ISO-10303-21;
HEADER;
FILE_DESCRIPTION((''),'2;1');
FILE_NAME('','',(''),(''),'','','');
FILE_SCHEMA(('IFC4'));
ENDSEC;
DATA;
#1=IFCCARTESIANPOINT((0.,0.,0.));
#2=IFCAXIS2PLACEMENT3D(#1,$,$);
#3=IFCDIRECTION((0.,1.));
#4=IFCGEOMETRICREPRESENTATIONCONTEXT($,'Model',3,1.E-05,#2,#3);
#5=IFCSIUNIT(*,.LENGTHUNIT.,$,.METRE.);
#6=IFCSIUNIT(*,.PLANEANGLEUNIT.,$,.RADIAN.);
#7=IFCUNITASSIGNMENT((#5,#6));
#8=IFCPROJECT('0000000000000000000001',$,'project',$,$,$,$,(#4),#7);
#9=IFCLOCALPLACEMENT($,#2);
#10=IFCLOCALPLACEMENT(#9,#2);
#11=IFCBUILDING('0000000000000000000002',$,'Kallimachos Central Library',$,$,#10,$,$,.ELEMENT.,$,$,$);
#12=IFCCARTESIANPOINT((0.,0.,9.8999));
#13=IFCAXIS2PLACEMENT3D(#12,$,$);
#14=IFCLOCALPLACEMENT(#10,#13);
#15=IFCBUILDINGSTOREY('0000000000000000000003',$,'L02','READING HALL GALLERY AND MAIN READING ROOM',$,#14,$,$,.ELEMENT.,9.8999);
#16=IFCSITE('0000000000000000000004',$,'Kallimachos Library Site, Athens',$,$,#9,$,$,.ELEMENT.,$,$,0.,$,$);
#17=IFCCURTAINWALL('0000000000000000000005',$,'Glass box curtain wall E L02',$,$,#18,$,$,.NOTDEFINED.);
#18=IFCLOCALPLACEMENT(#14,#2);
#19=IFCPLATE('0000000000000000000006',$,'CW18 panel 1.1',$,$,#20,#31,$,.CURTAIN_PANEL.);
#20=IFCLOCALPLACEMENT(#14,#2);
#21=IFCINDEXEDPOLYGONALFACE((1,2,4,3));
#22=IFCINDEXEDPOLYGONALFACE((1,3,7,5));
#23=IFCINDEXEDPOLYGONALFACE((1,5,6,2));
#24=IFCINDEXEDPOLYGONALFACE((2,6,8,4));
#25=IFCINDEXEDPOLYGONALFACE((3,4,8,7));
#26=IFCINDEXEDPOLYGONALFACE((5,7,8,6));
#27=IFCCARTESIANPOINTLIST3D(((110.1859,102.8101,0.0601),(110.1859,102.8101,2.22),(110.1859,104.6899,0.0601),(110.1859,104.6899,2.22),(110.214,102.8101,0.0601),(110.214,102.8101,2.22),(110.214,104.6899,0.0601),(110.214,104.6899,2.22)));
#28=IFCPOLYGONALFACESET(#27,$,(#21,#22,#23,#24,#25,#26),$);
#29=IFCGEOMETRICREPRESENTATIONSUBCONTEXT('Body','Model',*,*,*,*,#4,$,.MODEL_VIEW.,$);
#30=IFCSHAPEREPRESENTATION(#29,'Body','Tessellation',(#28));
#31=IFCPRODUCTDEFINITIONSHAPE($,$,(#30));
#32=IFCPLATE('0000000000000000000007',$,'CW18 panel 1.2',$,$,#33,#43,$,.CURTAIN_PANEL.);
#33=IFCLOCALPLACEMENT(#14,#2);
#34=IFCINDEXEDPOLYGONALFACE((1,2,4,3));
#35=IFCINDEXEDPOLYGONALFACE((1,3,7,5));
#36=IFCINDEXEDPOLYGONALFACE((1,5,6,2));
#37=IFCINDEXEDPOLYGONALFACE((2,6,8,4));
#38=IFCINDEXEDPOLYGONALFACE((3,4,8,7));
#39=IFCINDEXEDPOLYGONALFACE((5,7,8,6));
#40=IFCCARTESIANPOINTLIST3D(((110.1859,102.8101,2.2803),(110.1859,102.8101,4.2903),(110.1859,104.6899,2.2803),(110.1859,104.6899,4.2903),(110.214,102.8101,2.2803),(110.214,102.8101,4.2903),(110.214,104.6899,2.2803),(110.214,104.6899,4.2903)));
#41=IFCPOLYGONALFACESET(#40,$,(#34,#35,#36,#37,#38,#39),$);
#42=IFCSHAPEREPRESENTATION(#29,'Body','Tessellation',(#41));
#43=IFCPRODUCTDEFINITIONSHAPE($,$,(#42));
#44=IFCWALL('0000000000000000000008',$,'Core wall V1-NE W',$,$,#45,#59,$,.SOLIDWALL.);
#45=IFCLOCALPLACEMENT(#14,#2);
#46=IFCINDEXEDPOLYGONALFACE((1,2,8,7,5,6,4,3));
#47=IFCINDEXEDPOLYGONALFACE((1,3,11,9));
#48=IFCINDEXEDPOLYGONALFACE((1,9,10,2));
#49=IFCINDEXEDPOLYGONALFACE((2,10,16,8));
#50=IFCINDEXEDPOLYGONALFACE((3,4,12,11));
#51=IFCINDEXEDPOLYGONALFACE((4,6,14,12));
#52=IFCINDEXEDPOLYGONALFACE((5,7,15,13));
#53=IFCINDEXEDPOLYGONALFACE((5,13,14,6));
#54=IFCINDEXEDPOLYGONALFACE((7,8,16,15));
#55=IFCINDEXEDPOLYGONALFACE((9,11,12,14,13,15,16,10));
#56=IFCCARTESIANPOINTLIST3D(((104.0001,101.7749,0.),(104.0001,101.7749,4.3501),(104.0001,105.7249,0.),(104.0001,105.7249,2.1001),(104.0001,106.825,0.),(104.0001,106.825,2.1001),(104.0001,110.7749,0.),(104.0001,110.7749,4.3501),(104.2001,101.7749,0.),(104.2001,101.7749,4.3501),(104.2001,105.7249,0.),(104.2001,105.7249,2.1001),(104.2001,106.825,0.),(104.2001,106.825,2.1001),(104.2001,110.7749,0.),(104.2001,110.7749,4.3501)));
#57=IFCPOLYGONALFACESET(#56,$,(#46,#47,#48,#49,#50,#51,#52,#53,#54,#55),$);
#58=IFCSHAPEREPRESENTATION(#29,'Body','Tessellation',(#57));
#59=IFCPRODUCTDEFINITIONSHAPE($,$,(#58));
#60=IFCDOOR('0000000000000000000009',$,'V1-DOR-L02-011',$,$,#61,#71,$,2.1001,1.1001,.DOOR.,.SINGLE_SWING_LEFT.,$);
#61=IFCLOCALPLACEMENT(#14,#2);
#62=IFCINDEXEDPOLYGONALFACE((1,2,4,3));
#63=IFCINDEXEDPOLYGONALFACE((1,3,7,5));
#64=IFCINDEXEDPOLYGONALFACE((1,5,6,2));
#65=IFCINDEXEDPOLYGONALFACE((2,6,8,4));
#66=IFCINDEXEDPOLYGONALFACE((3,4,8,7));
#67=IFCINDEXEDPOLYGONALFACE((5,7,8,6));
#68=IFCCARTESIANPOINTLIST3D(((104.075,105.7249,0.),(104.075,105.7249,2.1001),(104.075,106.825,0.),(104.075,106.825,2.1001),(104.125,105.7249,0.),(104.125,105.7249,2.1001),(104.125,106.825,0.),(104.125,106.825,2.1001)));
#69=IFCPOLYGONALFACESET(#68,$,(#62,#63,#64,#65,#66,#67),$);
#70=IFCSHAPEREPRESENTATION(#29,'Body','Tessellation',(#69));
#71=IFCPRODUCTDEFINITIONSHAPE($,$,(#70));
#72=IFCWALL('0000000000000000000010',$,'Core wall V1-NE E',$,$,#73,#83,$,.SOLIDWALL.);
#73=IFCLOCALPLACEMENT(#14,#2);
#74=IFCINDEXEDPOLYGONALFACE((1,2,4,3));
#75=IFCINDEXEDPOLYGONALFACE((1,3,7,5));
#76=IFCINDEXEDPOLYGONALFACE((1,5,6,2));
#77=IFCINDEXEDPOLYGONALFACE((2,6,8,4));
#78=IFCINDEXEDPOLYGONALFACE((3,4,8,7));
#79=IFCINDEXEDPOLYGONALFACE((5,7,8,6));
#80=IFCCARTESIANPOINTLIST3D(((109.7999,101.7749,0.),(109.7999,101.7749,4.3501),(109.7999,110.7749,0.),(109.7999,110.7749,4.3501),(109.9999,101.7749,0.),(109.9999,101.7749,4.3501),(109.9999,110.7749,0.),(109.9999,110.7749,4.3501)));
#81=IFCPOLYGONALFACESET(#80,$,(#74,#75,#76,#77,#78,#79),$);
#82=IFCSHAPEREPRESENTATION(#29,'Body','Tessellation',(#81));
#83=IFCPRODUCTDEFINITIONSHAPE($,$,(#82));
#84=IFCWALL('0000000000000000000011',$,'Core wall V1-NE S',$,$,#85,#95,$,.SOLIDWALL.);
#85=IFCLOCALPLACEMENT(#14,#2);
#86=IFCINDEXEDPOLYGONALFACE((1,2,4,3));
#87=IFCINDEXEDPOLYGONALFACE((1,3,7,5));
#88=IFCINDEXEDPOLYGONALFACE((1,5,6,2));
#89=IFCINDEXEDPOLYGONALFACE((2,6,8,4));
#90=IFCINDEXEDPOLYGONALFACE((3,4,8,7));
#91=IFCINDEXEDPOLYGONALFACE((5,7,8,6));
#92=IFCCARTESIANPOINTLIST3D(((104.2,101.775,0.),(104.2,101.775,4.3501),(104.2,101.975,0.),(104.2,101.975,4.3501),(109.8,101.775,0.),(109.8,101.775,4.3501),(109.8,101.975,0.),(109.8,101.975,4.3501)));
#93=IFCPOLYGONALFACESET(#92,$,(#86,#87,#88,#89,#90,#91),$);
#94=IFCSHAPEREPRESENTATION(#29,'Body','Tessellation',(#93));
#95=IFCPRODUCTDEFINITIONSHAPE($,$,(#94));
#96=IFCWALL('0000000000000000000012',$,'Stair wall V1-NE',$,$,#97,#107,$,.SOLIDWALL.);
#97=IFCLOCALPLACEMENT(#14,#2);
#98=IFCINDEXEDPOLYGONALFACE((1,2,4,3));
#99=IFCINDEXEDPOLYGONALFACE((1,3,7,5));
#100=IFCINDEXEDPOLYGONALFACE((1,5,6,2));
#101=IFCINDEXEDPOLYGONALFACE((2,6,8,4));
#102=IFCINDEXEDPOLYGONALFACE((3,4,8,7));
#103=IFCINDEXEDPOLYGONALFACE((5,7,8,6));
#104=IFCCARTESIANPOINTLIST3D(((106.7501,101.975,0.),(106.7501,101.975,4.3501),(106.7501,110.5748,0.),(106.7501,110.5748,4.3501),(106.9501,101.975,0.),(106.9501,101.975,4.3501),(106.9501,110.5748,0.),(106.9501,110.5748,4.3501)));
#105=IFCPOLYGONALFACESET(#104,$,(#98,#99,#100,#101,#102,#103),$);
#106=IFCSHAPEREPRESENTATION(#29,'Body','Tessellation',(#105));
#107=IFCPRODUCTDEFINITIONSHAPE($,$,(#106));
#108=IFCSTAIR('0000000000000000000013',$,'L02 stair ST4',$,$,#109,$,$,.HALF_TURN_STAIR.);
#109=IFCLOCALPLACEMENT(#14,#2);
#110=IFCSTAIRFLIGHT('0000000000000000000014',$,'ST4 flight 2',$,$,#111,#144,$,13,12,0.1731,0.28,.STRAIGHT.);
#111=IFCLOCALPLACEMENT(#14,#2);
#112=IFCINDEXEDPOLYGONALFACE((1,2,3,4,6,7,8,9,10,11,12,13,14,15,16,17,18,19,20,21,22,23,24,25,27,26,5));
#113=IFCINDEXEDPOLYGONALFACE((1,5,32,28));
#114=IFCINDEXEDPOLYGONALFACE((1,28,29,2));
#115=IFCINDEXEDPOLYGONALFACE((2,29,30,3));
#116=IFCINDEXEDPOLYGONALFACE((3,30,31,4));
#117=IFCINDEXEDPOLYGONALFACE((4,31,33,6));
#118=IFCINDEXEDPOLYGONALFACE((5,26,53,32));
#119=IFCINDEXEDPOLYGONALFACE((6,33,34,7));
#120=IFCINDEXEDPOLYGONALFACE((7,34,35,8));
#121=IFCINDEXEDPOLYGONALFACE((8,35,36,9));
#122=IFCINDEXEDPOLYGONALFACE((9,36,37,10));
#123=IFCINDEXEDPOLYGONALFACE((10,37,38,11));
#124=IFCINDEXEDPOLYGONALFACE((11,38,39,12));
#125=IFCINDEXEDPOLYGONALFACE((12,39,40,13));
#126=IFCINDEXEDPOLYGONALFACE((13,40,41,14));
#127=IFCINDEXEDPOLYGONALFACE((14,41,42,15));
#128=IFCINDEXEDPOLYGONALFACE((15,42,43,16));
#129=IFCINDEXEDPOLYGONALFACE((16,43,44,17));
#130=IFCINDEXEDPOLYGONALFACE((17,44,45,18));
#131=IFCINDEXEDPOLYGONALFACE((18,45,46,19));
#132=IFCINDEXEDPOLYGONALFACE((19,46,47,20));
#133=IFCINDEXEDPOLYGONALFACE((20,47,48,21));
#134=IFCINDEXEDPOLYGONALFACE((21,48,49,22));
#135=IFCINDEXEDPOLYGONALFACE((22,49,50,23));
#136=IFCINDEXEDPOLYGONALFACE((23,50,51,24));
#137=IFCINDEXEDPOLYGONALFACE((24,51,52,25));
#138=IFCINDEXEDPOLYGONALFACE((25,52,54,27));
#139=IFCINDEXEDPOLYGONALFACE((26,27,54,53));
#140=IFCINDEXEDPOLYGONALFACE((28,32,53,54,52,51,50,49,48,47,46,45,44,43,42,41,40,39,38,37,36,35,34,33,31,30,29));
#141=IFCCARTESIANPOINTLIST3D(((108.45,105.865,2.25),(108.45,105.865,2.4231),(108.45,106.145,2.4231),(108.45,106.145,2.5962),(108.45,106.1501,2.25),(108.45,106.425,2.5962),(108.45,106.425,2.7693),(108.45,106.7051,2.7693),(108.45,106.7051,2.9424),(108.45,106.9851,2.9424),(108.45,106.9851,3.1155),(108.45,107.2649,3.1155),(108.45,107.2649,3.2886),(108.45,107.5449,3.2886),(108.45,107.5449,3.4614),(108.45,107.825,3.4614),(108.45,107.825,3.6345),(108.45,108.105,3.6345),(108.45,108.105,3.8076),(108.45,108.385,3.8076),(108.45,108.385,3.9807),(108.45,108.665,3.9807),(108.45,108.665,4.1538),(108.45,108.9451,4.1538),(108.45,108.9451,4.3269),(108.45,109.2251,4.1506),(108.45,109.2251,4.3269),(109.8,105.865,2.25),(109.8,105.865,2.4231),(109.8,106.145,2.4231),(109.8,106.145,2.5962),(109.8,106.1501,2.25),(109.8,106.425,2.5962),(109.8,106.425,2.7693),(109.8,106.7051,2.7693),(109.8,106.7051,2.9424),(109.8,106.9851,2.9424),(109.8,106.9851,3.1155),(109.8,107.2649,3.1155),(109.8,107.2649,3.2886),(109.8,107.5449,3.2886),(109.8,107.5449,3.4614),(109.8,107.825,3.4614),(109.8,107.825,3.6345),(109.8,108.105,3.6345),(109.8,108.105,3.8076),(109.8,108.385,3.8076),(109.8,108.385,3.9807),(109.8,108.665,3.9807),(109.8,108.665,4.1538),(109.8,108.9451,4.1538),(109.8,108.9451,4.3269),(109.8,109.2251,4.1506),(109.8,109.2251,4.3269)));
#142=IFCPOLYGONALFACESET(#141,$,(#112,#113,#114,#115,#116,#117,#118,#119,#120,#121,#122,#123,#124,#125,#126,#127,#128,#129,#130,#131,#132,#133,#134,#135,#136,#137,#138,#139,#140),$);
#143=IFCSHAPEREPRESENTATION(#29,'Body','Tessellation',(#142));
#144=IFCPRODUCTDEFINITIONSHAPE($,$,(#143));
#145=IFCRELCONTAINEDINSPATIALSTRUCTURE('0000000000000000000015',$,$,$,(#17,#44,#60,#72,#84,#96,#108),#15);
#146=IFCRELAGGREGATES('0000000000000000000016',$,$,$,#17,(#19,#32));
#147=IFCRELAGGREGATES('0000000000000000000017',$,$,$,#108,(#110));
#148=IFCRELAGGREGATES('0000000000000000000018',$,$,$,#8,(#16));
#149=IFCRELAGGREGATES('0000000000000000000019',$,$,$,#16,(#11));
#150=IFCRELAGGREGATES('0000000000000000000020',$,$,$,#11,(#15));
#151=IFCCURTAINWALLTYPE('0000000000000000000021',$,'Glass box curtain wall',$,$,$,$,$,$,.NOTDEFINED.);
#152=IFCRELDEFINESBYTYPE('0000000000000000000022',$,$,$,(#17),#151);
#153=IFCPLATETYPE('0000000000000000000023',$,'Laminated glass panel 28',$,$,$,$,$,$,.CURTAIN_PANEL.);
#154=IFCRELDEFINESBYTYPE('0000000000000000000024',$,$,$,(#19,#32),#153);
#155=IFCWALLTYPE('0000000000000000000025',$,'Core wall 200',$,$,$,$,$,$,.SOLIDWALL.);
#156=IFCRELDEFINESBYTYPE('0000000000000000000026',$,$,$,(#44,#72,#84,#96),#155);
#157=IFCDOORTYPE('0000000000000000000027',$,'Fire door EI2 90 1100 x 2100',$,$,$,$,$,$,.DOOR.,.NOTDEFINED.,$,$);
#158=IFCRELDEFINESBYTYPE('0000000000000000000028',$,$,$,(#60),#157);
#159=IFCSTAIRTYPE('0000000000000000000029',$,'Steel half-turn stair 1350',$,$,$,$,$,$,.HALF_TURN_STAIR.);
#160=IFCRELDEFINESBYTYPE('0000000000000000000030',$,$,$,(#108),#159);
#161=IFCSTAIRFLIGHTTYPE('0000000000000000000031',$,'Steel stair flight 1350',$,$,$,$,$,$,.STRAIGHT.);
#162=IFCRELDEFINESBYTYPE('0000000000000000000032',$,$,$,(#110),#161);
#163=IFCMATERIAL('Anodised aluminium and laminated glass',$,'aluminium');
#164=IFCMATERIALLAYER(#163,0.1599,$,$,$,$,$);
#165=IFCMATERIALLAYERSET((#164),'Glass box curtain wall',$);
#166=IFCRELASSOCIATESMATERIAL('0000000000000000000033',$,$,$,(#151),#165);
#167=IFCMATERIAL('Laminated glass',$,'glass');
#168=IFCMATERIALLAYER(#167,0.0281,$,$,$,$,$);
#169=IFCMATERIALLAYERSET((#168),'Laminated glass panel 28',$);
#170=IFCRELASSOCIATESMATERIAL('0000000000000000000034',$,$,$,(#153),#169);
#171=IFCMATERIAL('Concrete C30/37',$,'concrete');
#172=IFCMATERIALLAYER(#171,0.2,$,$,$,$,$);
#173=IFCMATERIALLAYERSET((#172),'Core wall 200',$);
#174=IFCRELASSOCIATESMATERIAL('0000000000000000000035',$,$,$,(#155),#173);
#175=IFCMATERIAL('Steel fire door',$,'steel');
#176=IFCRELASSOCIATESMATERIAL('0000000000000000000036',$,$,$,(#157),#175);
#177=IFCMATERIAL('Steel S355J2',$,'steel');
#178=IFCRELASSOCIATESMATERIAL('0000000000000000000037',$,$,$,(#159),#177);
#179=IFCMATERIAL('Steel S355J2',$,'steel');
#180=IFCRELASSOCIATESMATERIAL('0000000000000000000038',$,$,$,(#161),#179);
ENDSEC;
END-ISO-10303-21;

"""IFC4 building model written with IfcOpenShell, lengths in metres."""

from ifc_helpers import new_model, si_unit, direction, frame, frame_2d, origin, origin_2d, place, context, subcontext, project, spatial, polyline, rectangle, outline, extrude, material, layer, layer_set, type_object, element, fill, aggregate, save


model = new_model("IFC4")

# Units and contexts
model_context = context("Model", 3, precision=1e-05, world=origin(), true_north=direction((0.0, 1.0)))
body_context = subcontext(model_context, "Body", "Model", "MODEL_VIEW")
ifc_project = project(units=[si_unit("LENGTHUNIT", "METRE"), si_unit("PLANEANGLEUNIT", "RADIAN")], contexts=[model_context])

# Site, building, storey
site_placement = place(None, origin())
site = spatial("IfcSite", under=ifc_project, at=site_placement, Name="Kallimachos Library Site, Athens", CompositionType="ELEMENT", RefElevation=0.0)
building_placement = place(site_placement, origin())
building = spatial("IfcBuilding", under=site, at=building_placement, Name="Kallimachos Central Library", CompositionType="ELEMENT")
storey_placement = place(building_placement, frame((0.0, 0.0, 9.8999)))
storey = spatial("IfcBuildingStorey", under=building, at=storey_placement, Name="L02", Description="READING HALL GALLERY AND MAIN READING ROOM", CompositionType="ELEMENT", Elevation=9.8999)

# Shared definitions
ifc_material_1 = material(Name="Anodised aluminium and laminated glass", Category="aluminium")
ifc_layer_1 = layer(ifc_material_1, 0.1599)
ifc_layer_set_1 = layer_set([ifc_layer_1], Name="Glass box curtain wall")
curtain_wall_type = type_object("IfcCurtainWallType", Name="Glass box curtain wall", PredefinedType="NOTDEFINED", material=ifc_layer_set_1)

# Curtain wall
curtain_wall_1_placement = place(storey_placement, origin())
curtain_wall_1 = element("IfcCurtainWall", 1, at=curtain_wall_1_placement, inside=storey, type_object=curtain_wall_type, Name="Glass box curtain wall E L02", PredefinedType="NOTDEFINED")

# Plates
ifc_material_2 = material(Name="Laminated glass", Category="glass")
ifc_layer_2 = layer(ifc_material_2, 0.0281)
ifc_layer_set_2 = layer_set([ifc_layer_2], Name="Laminated glass panel 28")
plate_type = type_object("IfcPlateType", Name="Laminated glass panel 28", PredefinedType="CURTAIN_PANEL", material=ifc_layer_set_2)
plate_1_placement = place(storey_placement, frame((110.2, 103.75, 0.0601), z_axis=(0.0, 0.0, 1.0), x_axis=(0.0, 1.0, 0.0)))
plate_1 = element("IfcPlate", 2, at=plate_1_placement, type_object=plate_type, Name="CW18 panel 1.1", PredefinedType="CURTAIN_PANEL", context=body_context, shape_type="SweptSolid", body=[
    extrude(rectangle(XDim=1.8799, YDim=0.0281, at=origin_2d()), origin(), (0.0, 0.0, 1.0), 2.1599),
])
plate_2_placement = place(storey_placement, frame((110.2, 103.75, 2.2803), z_axis=(0.0, 0.0, 1.0), x_axis=(0.0, 1.0, 0.0)))
plate_2 = element("IfcPlate", 3, at=plate_2_placement, type_object=plate_type, Name="CW18 panel 1.2", PredefinedType="CURTAIN_PANEL", context=body_context, shape_type="SweptSolid", body=[
    extrude(rectangle(XDim=1.8799, YDim=0.0281, at=origin_2d()), origin(), (0.0, 0.0, 1.0), 2.01),
])
aggregate(curtain_wall_1, [plate_1, plate_2])

# Wall, opening, door
ifc_material_3 = material(Name="Concrete C30/37", Category="concrete")
ifc_layer_3 = layer(ifc_material_3, 0.2)
ifc_layer_set_3 = layer_set([ifc_layer_3], Name="Core wall 200")
wall_type_1 = type_object("IfcWallType", Name="Core wall 200", PredefinedType="SOLIDWALL", material=ifc_layer_set_3)
wall_1_placement = place(storey_placement, frame((104.1001, 101.7749, 0.0), z_axis=(0.0, 0.0, 1.0), x_axis=(0.0, 1.0, 0.0)))
wall_1 = element("IfcWall", 4, at=wall_1_placement, inside=storey, type_object=wall_type_1, Name="Core wall V1-NE W", PredefinedType="SOLIDWALL", context=body_context, shape_type="SweptSolid", body=[
    extrude(rectangle(XDim=9.0, YDim=0.2, at=frame_2d((4.5, 0.0))), origin(), (0.0, 0.0, 1.0), 4.3501),
])
opening_1_placement = place(wall_1_placement, frame((3.95, 0.0, 0.0)))
opening_1 = element("IfcOpeningElement", 5, at=opening_1_placement, cuts=wall_1, PredefinedType="OPENING", context=body_context, shape_type="SweptSolid", body=[
    extrude(rectangle(XDim=1.1001, YDim=2.1001, at=frame_2d((0.55, 1.05))), frame((0.0, 0.1099, 0.0), z_axis=(0.0, -1.0, 0.0), x_axis=(1.0, 0.0, 0.0)), (0.0, 0.0, 1.0), 0.22),
])
ifc_material_4 = material(Name="Steel fire door", Category="steel")
door_type_1 = type_object("IfcDoorType", Name="Fire door EI2 90 1100 x 2100", OperationType="NOTDEFINED", PredefinedType="DOOR", material=ifc_material_4)
door_1_placement = place(opening_1_placement, frame((1.1001, 0.0, 0.0), z_axis=(0.0, 0.0, 1.0), x_axis=(-1.0, 0.0, 0.0)))
door_1 = element("IfcDoor", 6, at=door_1_placement, inside=storey, type_object=door_type_1, Name="V1-DOR-L02-011", OperationType="SINGLE_SWING_LEFT", OverallHeight=2.1001, OverallWidth=1.1001, PredefinedType="DOOR", context=body_context, shape_type="SweptSolid", body=[
    extrude(rectangle(XDim=1.1001, YDim=2.1001, at=frame_2d((0.55, 1.05))), frame((0.0, 0.0249, 0.0), z_axis=(0.0, -1.0, 0.0), x_axis=(1.0, 0.0, 0.0)), (0.0, 0.0, 1.0), 0.05),
])
fill(opening_1, door_1)

# Walls
wall_2_placement = place(storey_placement, frame((109.8999, 101.7749, 0.0), z_axis=(0.0, 0.0, 1.0), x_axis=(0.0, 1.0, 0.0)))
element("IfcWall", 7, at=wall_2_placement, inside=storey, type_object=wall_type_1, Name="Core wall V1-NE E", PredefinedType="SOLIDWALL", context=body_context, shape_type="SweptSolid", body=[
    extrude(rectangle(XDim=9.0, YDim=0.2, at=frame_2d((4.5, 0.0))), origin(), (0.0, 0.0, 1.0), 4.3501),
])
wall_3_placement = place(storey_placement, frame((104.2, 101.875, 0.0), z_axis=(0.0, 0.0, 1.0), x_axis=(1.0, 0.0, 0.0)))
element("IfcWall", 8, at=wall_3_placement, inside=storey, type_object=wall_type_1, Name="Core wall V1-NE S", PredefinedType="SOLIDWALL", context=body_context, shape_type="SweptSolid", body=[
    extrude(rectangle(XDim=5.6001, YDim=0.2, at=frame_2d((2.8, 0.0))), origin(), (0.0, 0.0, 1.0), 4.3501),
])
wall_4_placement = place(storey_placement, frame((106.8501, 101.9751, 0.0), z_axis=(0.0, 0.0, 1.0), x_axis=(0.0, 1.0, 0.0)))
element("IfcWall", 9, at=wall_4_placement, inside=storey, type_object=wall_type_1, Name="Stair wall V1-NE", PredefinedType="SOLIDWALL", context=body_context, shape_type="SweptSolid", body=[
    extrude(rectangle(XDim=8.5999, YDim=0.2, at=frame_2d((4.2998, 0.0))), origin(), (0.0, 0.0, 1.0), 4.3501),
])

# Stair, stair flight
ifc_material_5 = material(Name="Steel S355J2", Category="steel")
stair_type = type_object("IfcStairType", Name="Steel half-turn stair 1350", PredefinedType="HALF_TURN_STAIR", material=ifc_material_5)
stair_placement = place(storey_placement, origin())
stair = element("IfcStair", 10, at=stair_placement, inside=storey, type_object=stair_type, Name="L02 stair ST4", PredefinedType="HALF_TURN_STAIR")
ifc_material_6 = material(Name="Steel S355J2", Category="steel")
stair_flight_type = type_object("IfcStairFlightType", Name="Steel stair flight 1350", PredefinedType="STRAIGHT", material=ifc_material_6)
stair_flight_placement = place(storey_placement, frame((109.125, 105.865, 2.25), z_axis=(0.0, 0.0, 1.0), x_axis=(0.0, 1.0, 0.0)))
stair_flight = element("IfcStairFlight", 11, at=stair_flight_placement, type_object=stair_flight_type, Name="ST4 flight 2", NumberOfRisers=13, NumberOfTreads=12, PredefinedType="STRAIGHT", RiserHeight=0.1731, TreadLength=0.28, context=body_context, shape_type="SweptSolid", body=[
    extrude(outline(polyline([(0.0, 0.0), (0.0, 0.1731), (0.28, 0.1731), (0.28, 0.3462), (0.5601, 0.3462), (0.5601, 0.5193), (0.8401, 0.5193), (0.8401, 0.6924), (1.1201, 0.6924), (1.1201, 0.8655), (1.3999, 0.8655), (1.3999, 1.0386), (1.6799, 1.0386), (1.6799, 1.2114), (1.96, 1.2114), (1.96, 1.3845), (2.24, 1.3845), (2.24, 1.5576), (2.52, 1.5576), (2.52, 1.7307), (2.8, 1.7307), (2.8, 1.9038), (3.0801, 1.9038), (3.0801, 2.0769), (3.3601, 2.0769), (3.3601, 2.25), (3.3601, 1.9006), (0.2852, 0.0), (0.0, 0.0)])), frame((0.0, 0.675, 0.0), z_axis=(0.0, -1.0, 0.0), x_axis=(1.0, 0.0, 0.0)), (0.0, 0.0, 1.0), 1.3501),
])
aggregate(stair, [stair_flight])

save(model, "model.ifc")
